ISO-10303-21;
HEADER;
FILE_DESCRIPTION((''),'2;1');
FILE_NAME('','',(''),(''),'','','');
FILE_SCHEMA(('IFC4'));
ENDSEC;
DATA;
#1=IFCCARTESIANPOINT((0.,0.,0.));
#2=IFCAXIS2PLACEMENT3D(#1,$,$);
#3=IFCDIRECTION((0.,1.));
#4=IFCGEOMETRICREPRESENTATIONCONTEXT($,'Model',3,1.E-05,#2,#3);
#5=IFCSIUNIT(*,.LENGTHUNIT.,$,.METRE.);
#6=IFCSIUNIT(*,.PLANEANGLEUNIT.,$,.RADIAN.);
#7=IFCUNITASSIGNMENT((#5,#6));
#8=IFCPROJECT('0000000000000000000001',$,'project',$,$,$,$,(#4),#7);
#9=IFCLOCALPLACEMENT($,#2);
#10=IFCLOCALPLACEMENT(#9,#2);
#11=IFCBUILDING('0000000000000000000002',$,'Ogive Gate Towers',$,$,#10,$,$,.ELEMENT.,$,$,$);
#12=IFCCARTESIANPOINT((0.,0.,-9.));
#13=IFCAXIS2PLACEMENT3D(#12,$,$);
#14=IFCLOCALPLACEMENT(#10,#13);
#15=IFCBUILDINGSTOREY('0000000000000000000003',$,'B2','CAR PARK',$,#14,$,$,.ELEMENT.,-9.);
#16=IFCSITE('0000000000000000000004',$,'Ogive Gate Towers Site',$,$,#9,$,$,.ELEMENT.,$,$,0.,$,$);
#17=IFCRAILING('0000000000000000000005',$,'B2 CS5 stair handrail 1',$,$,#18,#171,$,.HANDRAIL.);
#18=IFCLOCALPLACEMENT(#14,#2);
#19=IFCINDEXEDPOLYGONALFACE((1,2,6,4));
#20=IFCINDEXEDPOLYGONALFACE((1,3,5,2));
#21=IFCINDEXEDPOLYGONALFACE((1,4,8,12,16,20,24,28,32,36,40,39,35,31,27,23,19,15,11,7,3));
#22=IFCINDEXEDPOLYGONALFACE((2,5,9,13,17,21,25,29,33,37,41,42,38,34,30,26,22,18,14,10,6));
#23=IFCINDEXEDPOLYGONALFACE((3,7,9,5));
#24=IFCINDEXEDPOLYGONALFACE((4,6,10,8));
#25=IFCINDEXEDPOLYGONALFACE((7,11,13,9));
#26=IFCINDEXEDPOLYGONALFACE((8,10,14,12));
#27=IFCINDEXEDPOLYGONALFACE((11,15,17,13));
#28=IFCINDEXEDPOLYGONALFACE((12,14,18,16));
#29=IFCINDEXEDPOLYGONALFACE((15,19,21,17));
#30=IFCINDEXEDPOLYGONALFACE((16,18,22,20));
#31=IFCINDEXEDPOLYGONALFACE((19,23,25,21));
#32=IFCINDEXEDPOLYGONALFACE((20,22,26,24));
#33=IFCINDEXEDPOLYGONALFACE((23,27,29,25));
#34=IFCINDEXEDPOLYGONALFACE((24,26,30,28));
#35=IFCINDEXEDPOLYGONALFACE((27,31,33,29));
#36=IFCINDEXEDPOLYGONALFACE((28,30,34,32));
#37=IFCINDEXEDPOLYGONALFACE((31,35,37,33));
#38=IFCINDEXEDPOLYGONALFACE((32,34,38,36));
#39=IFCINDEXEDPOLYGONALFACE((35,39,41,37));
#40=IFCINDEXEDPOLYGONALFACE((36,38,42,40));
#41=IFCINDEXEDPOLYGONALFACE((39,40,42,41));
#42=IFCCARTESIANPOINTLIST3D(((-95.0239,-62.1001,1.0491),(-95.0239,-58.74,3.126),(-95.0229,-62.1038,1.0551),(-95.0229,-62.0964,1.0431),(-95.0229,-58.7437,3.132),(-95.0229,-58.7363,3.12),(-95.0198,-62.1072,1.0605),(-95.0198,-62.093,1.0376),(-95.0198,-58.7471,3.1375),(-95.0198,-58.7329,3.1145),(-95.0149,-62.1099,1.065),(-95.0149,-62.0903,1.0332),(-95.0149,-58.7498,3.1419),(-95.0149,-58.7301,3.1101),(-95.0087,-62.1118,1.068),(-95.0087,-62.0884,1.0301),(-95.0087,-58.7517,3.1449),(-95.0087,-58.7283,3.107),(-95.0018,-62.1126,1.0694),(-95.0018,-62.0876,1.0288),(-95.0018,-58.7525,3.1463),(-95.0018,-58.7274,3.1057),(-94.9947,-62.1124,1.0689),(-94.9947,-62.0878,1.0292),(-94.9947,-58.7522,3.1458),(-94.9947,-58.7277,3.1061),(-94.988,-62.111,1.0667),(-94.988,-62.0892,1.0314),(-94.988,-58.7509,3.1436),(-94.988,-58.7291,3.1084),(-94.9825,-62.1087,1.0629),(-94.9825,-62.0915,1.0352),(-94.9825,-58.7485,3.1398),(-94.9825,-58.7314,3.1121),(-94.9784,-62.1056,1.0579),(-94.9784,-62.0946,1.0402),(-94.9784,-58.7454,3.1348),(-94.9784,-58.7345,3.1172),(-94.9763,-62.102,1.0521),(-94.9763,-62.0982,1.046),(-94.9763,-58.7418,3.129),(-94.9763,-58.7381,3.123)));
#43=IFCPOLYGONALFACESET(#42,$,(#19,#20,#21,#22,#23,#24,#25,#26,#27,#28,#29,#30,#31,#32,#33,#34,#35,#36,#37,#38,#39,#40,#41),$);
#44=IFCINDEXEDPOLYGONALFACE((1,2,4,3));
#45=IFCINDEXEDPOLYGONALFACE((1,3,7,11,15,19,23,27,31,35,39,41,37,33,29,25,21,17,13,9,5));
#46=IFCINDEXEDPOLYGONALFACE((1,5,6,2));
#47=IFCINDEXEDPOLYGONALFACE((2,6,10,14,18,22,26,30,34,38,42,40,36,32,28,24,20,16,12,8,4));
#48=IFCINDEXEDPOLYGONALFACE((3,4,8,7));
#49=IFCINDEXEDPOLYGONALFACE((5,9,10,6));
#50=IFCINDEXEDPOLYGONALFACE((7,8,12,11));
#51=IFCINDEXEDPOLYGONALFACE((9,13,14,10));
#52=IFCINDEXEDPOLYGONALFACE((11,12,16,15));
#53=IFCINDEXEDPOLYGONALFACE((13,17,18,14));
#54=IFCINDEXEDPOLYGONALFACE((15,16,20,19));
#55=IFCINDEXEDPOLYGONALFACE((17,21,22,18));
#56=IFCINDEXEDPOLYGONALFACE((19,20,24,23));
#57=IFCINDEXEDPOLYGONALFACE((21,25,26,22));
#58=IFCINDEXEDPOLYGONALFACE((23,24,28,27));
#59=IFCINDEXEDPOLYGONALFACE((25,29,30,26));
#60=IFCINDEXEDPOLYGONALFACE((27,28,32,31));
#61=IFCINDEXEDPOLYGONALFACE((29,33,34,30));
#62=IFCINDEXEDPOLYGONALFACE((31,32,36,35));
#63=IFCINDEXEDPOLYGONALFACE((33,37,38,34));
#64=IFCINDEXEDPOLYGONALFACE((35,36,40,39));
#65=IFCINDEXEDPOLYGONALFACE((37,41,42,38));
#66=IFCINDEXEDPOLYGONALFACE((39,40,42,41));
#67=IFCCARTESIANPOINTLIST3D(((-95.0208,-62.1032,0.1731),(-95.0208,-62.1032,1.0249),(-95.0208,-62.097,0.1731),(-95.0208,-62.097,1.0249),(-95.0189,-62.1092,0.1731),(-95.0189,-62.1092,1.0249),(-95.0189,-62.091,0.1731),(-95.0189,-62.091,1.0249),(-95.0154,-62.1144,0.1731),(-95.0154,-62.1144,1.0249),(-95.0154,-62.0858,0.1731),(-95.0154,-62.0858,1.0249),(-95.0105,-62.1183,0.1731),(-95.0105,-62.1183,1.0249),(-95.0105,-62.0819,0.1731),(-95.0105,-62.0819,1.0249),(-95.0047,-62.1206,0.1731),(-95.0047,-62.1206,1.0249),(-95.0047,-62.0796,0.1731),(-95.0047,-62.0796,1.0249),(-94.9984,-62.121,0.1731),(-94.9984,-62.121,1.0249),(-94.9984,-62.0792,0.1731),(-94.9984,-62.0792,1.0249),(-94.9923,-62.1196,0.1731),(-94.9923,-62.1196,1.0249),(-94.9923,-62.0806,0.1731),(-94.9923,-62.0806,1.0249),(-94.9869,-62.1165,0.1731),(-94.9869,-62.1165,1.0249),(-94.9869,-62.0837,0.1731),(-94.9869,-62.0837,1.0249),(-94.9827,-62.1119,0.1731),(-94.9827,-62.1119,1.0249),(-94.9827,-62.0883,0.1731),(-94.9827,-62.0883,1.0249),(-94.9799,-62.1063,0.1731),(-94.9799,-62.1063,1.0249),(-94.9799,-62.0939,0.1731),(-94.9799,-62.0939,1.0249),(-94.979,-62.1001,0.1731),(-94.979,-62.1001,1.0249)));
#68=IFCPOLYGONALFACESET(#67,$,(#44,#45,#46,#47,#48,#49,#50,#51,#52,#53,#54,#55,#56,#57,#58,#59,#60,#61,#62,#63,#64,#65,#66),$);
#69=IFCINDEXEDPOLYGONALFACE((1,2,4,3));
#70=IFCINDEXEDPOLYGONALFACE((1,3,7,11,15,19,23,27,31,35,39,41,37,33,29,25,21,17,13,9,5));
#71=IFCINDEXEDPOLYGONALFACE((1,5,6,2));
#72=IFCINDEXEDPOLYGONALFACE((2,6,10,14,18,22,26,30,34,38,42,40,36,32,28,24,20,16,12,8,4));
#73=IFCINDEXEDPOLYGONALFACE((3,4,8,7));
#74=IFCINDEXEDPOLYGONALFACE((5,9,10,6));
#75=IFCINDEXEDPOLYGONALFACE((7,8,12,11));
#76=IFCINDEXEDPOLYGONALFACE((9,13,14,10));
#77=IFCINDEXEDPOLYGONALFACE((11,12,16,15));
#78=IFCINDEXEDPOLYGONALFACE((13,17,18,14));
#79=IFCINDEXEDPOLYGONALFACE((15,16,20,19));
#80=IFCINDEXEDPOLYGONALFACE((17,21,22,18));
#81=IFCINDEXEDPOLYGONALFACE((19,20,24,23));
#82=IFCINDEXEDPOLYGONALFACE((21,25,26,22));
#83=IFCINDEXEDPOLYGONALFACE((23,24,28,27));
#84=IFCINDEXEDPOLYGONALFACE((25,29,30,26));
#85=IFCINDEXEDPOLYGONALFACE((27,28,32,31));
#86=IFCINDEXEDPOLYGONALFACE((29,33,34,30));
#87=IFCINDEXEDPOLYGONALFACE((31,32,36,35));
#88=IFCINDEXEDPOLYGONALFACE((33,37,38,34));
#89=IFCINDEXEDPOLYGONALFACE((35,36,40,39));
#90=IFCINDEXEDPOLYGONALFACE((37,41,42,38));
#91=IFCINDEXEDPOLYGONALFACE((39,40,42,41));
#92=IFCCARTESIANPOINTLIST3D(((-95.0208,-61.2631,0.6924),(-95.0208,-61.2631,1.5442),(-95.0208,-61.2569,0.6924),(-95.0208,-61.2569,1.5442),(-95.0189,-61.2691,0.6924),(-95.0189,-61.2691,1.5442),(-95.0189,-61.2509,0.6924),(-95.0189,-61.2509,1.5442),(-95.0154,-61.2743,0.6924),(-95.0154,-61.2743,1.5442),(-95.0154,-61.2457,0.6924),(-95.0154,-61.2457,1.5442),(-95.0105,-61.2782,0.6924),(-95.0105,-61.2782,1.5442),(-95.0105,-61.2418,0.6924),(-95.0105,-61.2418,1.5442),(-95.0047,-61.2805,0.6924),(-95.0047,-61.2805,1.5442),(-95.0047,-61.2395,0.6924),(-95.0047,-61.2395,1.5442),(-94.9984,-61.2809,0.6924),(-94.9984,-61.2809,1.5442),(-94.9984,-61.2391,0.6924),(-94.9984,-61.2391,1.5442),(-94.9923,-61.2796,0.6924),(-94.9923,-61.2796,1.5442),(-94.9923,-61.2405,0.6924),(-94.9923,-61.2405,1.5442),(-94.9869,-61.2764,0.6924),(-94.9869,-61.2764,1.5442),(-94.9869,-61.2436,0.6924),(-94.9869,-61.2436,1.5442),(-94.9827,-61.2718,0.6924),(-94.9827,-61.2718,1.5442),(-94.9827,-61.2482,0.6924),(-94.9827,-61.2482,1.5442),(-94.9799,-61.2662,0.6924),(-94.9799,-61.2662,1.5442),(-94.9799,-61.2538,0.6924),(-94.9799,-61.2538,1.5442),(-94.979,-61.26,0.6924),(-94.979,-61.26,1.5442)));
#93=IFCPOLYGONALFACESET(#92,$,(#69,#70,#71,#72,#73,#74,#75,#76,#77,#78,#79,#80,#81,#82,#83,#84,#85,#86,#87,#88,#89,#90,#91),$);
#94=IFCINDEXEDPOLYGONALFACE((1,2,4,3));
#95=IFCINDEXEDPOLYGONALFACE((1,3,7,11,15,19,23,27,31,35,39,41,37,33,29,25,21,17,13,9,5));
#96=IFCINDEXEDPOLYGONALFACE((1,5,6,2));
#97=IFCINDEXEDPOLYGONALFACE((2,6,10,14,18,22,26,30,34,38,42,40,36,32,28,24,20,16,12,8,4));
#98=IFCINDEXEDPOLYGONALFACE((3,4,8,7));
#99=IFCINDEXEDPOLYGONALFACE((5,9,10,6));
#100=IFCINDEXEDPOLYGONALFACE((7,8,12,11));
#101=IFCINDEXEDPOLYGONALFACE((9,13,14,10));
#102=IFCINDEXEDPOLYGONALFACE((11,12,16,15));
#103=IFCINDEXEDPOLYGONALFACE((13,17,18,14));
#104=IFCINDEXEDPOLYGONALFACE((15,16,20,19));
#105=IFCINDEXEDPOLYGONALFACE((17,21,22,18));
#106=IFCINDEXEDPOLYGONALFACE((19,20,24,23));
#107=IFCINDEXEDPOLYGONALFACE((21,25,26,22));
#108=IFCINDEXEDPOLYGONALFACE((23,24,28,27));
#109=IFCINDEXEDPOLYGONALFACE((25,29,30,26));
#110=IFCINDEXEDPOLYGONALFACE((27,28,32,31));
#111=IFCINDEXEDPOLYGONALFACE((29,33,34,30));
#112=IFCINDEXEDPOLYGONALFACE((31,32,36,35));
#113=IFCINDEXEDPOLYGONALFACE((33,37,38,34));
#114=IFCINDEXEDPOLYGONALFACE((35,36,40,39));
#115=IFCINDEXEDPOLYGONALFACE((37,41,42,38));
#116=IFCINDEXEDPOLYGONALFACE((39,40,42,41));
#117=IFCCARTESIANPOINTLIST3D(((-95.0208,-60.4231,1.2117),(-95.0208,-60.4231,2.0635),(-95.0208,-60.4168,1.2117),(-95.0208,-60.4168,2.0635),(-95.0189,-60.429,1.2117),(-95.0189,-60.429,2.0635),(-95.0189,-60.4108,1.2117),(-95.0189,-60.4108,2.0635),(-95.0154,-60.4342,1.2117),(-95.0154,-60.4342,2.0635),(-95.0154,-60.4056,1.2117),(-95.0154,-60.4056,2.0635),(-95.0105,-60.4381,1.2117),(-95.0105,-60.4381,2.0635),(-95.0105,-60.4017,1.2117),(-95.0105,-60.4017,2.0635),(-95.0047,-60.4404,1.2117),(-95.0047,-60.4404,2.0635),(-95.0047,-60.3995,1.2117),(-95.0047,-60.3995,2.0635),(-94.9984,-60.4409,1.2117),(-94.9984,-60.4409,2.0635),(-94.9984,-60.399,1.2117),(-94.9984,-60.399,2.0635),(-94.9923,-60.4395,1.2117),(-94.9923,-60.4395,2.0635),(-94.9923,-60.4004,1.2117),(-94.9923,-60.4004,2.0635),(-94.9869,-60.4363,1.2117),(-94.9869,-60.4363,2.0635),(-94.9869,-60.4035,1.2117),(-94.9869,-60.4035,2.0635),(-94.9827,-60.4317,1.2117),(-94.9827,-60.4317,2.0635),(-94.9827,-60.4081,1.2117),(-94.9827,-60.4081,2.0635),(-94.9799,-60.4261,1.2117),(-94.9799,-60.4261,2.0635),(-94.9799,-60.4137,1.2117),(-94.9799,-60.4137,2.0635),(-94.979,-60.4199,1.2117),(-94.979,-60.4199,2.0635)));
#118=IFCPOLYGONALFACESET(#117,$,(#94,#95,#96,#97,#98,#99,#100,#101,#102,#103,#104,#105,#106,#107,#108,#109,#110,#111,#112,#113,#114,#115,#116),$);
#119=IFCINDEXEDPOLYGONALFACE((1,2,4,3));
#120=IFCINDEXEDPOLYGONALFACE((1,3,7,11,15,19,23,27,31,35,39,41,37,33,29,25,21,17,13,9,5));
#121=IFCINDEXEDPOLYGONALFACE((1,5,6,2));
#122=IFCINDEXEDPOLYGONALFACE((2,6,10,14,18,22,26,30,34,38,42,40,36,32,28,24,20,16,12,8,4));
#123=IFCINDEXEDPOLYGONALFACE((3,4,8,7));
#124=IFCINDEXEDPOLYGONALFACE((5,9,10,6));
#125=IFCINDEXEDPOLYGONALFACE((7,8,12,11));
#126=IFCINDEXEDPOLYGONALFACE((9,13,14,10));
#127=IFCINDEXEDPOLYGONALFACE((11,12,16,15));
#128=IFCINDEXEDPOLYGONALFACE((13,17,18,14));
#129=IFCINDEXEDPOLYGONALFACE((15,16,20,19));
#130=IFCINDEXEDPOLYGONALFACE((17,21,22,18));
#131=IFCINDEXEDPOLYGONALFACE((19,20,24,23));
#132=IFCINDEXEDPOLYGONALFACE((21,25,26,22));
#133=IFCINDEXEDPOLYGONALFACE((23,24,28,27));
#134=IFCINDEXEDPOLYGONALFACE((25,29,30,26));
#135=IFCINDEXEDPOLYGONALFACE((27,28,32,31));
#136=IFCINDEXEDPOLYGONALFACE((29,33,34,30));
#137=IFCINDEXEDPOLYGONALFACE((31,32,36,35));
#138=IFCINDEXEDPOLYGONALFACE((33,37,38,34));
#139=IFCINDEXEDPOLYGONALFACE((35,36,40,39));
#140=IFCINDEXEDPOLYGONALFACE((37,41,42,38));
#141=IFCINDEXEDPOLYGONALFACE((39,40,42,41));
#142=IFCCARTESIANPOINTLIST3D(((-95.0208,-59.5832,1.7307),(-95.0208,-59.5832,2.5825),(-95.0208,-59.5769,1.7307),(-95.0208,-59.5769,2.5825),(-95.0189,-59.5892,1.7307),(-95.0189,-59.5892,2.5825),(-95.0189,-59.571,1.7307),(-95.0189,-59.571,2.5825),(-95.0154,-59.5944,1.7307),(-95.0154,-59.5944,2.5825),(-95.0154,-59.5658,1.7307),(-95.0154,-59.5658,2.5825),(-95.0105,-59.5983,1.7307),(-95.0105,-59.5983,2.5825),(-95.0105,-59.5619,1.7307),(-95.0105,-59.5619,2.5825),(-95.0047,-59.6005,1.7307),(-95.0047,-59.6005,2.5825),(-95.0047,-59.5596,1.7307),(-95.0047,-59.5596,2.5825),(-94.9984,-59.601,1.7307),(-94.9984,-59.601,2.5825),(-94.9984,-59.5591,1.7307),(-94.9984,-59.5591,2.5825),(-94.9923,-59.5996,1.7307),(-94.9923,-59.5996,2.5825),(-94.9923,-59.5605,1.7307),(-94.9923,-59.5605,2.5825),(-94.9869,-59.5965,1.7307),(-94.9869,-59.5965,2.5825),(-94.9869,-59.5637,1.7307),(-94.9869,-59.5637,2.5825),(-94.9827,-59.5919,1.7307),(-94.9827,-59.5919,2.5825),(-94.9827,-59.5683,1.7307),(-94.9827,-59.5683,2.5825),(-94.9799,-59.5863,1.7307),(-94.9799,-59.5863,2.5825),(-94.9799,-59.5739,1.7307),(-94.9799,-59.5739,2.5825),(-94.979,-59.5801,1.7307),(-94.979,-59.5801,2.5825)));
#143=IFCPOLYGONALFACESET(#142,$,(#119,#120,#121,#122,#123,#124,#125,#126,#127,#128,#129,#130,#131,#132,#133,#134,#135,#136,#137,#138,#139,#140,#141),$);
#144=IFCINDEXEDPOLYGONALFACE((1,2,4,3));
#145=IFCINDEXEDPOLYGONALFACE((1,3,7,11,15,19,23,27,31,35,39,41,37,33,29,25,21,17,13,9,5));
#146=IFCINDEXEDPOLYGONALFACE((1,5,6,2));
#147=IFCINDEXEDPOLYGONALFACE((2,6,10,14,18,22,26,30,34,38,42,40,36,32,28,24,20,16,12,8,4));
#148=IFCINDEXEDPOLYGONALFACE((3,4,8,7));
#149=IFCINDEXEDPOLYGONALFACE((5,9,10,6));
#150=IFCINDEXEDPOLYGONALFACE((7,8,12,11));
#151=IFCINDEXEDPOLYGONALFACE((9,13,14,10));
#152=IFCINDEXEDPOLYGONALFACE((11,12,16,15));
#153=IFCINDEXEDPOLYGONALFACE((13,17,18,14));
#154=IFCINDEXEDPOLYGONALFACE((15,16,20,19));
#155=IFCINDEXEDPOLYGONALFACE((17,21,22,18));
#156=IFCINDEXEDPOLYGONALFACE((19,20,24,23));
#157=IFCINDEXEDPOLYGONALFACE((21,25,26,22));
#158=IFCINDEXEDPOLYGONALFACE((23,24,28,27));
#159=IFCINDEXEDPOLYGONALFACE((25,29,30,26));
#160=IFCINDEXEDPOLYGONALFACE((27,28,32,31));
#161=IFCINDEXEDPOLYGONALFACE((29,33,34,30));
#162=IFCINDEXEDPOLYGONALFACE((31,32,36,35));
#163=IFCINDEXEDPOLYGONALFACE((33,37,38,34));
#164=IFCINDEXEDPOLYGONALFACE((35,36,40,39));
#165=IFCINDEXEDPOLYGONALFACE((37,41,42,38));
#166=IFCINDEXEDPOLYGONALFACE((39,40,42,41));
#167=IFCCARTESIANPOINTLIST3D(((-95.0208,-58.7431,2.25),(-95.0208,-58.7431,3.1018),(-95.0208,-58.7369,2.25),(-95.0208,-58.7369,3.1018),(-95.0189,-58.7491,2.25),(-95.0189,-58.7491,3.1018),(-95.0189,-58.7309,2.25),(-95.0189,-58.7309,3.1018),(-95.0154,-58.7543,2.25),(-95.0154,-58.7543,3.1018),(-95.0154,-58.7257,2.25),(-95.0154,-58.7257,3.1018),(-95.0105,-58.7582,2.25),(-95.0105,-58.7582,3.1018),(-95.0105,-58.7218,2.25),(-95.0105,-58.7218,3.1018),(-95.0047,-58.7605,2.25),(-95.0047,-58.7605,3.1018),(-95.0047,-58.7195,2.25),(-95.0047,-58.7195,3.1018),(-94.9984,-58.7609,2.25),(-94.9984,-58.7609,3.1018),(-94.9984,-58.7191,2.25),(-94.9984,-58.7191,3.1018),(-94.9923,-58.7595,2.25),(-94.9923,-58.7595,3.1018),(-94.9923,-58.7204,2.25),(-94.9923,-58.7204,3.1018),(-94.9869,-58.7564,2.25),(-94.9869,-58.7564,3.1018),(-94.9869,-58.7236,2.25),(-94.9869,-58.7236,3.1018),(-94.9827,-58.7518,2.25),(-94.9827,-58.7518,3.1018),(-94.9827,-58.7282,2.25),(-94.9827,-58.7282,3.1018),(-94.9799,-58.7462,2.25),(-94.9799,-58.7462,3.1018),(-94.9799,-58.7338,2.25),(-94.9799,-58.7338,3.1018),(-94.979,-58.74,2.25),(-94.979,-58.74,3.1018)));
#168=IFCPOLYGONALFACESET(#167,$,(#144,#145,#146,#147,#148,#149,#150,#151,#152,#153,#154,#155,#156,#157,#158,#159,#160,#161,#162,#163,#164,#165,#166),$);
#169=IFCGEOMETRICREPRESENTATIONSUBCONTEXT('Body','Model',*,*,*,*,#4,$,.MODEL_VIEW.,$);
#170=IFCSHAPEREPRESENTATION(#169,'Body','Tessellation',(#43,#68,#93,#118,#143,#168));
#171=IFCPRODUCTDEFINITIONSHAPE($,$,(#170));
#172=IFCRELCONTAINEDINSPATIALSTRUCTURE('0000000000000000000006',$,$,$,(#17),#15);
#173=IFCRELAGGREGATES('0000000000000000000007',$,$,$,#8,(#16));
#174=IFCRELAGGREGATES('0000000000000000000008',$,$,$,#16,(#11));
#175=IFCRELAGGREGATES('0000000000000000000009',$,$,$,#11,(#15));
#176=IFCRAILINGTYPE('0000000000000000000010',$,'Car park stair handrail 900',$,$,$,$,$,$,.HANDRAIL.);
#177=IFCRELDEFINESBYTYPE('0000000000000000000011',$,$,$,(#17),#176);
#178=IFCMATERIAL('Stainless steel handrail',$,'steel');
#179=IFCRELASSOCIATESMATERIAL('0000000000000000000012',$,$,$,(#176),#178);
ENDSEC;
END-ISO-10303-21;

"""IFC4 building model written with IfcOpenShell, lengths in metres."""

from ifc_helpers import new_model, si_unit, direction, frame, origin, origin_2d, place, context, subcontext, project, spatial, circle, extrude, material, type_object, element, save


model = new_model("IFC4")

# Units and contexts
model_context = context("Model", 3, precision=1e-05, world=origin(), true_north=direction((0.0, 1.0)))
body_context = subcontext(model_context, "Body", "Model", "MODEL_VIEW")
ifc_project = project(units=[si_unit("LENGTHUNIT", "METRE"), si_unit("PLANEANGLEUNIT", "RADIAN")], contexts=[model_context])

# Site, building, storey
site_placement = place(None, origin())
site = spatial("IfcSite", under=ifc_project, at=site_placement, Name="Ogive Gate Towers Site", CompositionType="ELEMENT", RefElevation=0.0)
building_placement = place(site_placement, origin())
building = spatial("IfcBuilding", under=site, at=building_placement, Name="Ogive Gate Towers", CompositionType="ELEMENT")
storey_placement = place(building_placement, frame((0.0, 0.0, -9.0)))
storey = spatial("IfcBuildingStorey", under=building, at=storey_placement, Name="B2", Description="CAR PARK", CompositionType="ELEMENT", Elevation=-9.0)

# Railing
ifc_material_1 = material(Name="Stainless steel handrail", Category="steel")
railing_type_1 = type_object("IfcRailingType", Name="Car park stair handrail 900", PredefinedType="HANDRAIL", material=ifc_material_1)
railing_1_placement = place(storey_placement, frame((-95.0, -62.1001, 0.1731)))
element("IfcRailing", 1, at=railing_1_placement, inside=storey, type_object=railing_type_1, Name="B2 CS5 stair handrail 1", PredefinedType="HANDRAIL", context=body_context, shape_type="SweptSolid", body=[
    extrude(circle(Radius=0.0239, at=origin_2d()), frame((0.0, 0.0, 0.876), z_axis=(0.0, 0.850623, 0.525776), x_axis=(-1.0, 0.0, 0.0)), (0.0, 0.0, 1.0), 3.9502),
    extrude(circle(Radius=0.021, at=origin_2d()), origin(), (0.0, 0.0, 1.0), 0.8518),
    extrude(circle(Radius=0.021, at=origin_2d()), frame((0.0, 0.8401, 0.5193)), (0.0, 0.0, 1.0), 0.8518),
    extrude(circle(Radius=0.021, at=origin_2d()), frame((0.0, 1.6802, 1.0386)), (0.0, 0.0, 1.0), 0.8518),
    extrude(circle(Radius=0.021, at=origin_2d()), frame((0.0, 2.52, 1.5576)), (0.0, 0.0, 1.0), 0.8518),
    extrude(circle(Radius=0.021, at=origin_2d()), frame((0.0, 3.3601, 2.0769)), (0.0, 0.0, 1.0), 0.8518),
])

save(model, "model.ifc")
